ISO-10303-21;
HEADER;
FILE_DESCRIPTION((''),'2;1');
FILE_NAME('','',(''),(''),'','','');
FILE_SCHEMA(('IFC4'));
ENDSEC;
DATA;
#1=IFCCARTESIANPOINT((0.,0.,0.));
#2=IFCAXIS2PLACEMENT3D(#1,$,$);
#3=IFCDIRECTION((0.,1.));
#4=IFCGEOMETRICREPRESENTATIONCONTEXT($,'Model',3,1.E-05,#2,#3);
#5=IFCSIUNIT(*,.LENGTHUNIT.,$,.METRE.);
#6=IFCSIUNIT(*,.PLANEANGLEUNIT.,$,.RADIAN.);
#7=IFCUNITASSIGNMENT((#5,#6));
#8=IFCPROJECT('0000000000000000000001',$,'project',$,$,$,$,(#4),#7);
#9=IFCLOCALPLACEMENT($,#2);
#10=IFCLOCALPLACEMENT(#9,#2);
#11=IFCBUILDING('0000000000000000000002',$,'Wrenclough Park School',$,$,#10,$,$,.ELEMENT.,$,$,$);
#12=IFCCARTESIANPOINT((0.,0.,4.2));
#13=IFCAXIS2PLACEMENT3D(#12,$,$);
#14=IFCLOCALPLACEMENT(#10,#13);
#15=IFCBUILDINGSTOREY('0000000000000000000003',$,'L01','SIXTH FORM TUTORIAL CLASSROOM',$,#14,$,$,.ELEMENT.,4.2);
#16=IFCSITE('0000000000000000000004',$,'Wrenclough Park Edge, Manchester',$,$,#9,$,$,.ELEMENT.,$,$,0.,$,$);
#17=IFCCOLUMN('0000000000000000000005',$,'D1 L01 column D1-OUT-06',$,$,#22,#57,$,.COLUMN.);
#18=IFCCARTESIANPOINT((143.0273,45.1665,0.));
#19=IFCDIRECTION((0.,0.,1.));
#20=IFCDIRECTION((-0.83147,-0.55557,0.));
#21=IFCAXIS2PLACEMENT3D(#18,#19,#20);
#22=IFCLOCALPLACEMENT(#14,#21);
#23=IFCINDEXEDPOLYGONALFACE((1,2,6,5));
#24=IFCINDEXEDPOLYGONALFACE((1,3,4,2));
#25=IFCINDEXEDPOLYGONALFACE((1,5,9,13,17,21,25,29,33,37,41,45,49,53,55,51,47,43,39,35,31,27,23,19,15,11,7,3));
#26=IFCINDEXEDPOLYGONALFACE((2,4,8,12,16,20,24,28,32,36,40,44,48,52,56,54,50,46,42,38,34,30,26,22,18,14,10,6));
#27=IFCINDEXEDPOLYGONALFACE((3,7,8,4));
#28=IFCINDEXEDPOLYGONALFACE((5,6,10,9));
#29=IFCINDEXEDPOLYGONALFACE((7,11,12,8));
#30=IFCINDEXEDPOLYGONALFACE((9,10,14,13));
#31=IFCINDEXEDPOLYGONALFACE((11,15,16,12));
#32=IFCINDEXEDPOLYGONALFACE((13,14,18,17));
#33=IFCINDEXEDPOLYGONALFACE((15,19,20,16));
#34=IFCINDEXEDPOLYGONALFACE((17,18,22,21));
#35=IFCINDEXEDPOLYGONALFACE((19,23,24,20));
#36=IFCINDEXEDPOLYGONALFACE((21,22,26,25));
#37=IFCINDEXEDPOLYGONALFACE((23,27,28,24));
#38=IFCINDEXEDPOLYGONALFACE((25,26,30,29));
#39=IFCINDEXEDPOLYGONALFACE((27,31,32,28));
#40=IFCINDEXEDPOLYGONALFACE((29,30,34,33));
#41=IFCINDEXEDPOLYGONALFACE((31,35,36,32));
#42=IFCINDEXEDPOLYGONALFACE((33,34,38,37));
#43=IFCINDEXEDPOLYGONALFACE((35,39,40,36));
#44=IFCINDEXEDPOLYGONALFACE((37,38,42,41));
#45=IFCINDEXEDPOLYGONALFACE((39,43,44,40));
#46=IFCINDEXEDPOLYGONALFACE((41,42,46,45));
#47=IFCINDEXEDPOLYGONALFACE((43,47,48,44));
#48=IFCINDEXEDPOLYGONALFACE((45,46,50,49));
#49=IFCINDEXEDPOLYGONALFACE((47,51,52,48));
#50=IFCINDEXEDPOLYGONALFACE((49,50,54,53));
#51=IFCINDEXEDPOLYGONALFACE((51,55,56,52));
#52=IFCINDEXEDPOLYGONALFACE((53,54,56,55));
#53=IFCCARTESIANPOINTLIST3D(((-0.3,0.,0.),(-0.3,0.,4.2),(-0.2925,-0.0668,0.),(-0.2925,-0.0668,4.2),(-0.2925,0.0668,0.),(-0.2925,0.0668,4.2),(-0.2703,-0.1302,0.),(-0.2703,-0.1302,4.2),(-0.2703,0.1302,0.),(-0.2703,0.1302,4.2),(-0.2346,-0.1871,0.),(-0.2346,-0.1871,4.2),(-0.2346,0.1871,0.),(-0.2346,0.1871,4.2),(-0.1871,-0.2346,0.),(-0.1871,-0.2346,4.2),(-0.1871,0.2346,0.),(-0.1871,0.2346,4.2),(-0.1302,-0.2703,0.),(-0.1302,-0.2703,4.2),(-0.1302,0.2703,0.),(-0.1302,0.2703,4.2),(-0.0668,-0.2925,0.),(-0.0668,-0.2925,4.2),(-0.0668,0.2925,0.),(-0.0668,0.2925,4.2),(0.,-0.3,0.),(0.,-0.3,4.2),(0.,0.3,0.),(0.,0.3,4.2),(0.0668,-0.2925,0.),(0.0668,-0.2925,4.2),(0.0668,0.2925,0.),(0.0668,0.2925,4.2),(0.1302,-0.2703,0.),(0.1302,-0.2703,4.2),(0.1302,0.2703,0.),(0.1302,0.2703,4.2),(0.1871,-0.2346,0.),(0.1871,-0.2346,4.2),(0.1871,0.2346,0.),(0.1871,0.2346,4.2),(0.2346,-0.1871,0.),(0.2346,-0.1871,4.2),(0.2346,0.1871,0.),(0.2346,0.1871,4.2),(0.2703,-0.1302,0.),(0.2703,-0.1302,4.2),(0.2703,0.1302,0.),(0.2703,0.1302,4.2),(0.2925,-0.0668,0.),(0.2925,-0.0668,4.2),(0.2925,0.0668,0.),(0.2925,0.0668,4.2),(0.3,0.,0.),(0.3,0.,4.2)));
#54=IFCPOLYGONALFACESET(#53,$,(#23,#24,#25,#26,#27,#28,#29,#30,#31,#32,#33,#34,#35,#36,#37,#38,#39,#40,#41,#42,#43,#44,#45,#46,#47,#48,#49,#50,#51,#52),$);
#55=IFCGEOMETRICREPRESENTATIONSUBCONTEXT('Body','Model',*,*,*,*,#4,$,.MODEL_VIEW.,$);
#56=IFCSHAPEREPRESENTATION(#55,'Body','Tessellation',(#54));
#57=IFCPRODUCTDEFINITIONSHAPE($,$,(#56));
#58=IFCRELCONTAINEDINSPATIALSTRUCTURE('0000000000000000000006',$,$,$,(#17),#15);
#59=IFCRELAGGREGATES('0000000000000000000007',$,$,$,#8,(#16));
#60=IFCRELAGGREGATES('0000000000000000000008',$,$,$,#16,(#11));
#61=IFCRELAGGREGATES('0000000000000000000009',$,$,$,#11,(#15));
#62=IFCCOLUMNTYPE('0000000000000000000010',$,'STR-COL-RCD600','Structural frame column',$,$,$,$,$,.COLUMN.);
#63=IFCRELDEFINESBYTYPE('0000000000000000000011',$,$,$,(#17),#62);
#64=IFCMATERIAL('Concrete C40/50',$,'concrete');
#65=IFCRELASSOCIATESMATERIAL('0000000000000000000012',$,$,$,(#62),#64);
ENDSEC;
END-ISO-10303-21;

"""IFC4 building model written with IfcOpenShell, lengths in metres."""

from ifc_helpers import new_model, si_unit, direction, frame, origin, origin_2d, place, context, subcontext, project, spatial, circle, extrude, material, material_profile, profile_set, type_object, element, save


model = new_model("IFC4")

# Units and contexts
model_context = context("Model", 3, precision=1e-05, world=origin(), true_north=direction((0.0, 1.0)))
body_context = subcontext(model_context, "Body", "Model", "MODEL_VIEW")
ifc_project = project(units=[si_unit("LENGTHUNIT", "METRE"), si_unit("PLANEANGLEUNIT", "RADIAN")], contexts=[model_context])

# Site, building, storey
site_placement = place(None, origin())
site = spatial("IfcSite", under=ifc_project, at=site_placement, Name="Wrenclough Park Edge, Manchester", CompositionType="ELEMENT", RefElevation=0.0)
building_placement = place(site_placement, origin())
building = spatial("IfcBuilding", under=site, at=building_placement, Name="Wrenclough Park School", CompositionType="ELEMENT")
storey_placement = place(building_placement, frame((0.0, 0.0, 4.2)))
storey = spatial("IfcBuildingStorey", under=building, at=storey_placement, Name="L01", Description="SIXTH FORM TUTORIAL CLASSROOM", CompositionType="ELEMENT", Elevation=4.2)

# Column
ifc_material_1 = material(Name="Concrete C40/50", Category="concrete")
ifc_material_profile_1 = material_profile(ifc_material_1, circle(Radius=0.3, at=origin_2d()), Name="RC COL D600")
ifc_profile_set_1 = profile_set([ifc_material_profile_1], Name="Concrete C40/50")
column_type_1 = type_object("IfcColumnType", Name="STR-COL-RCD600", Description="Structural frame column", PredefinedType="COLUMN", material=ifc_profile_set_1)
column_1_placement = place(storey_placement, frame((143.0273, 45.1665, 0.0), z_axis=(0.0, 0.0, 1.0), x_axis=(-0.83147, -0.55557, 0.0)))
element("IfcColumn", 1, at=column_1_placement, inside=storey, type_object=column_type_1, Name="D1 L01 column D1-OUT-06", PredefinedType="COLUMN", context=body_context, shape_type="SweptSolid", body=[
    extrude(circle(Radius=0.3, at=origin_2d()), origin(), (0.0, 0.0, 1.0), 4.2),
])

save(model, "model.ifc")
